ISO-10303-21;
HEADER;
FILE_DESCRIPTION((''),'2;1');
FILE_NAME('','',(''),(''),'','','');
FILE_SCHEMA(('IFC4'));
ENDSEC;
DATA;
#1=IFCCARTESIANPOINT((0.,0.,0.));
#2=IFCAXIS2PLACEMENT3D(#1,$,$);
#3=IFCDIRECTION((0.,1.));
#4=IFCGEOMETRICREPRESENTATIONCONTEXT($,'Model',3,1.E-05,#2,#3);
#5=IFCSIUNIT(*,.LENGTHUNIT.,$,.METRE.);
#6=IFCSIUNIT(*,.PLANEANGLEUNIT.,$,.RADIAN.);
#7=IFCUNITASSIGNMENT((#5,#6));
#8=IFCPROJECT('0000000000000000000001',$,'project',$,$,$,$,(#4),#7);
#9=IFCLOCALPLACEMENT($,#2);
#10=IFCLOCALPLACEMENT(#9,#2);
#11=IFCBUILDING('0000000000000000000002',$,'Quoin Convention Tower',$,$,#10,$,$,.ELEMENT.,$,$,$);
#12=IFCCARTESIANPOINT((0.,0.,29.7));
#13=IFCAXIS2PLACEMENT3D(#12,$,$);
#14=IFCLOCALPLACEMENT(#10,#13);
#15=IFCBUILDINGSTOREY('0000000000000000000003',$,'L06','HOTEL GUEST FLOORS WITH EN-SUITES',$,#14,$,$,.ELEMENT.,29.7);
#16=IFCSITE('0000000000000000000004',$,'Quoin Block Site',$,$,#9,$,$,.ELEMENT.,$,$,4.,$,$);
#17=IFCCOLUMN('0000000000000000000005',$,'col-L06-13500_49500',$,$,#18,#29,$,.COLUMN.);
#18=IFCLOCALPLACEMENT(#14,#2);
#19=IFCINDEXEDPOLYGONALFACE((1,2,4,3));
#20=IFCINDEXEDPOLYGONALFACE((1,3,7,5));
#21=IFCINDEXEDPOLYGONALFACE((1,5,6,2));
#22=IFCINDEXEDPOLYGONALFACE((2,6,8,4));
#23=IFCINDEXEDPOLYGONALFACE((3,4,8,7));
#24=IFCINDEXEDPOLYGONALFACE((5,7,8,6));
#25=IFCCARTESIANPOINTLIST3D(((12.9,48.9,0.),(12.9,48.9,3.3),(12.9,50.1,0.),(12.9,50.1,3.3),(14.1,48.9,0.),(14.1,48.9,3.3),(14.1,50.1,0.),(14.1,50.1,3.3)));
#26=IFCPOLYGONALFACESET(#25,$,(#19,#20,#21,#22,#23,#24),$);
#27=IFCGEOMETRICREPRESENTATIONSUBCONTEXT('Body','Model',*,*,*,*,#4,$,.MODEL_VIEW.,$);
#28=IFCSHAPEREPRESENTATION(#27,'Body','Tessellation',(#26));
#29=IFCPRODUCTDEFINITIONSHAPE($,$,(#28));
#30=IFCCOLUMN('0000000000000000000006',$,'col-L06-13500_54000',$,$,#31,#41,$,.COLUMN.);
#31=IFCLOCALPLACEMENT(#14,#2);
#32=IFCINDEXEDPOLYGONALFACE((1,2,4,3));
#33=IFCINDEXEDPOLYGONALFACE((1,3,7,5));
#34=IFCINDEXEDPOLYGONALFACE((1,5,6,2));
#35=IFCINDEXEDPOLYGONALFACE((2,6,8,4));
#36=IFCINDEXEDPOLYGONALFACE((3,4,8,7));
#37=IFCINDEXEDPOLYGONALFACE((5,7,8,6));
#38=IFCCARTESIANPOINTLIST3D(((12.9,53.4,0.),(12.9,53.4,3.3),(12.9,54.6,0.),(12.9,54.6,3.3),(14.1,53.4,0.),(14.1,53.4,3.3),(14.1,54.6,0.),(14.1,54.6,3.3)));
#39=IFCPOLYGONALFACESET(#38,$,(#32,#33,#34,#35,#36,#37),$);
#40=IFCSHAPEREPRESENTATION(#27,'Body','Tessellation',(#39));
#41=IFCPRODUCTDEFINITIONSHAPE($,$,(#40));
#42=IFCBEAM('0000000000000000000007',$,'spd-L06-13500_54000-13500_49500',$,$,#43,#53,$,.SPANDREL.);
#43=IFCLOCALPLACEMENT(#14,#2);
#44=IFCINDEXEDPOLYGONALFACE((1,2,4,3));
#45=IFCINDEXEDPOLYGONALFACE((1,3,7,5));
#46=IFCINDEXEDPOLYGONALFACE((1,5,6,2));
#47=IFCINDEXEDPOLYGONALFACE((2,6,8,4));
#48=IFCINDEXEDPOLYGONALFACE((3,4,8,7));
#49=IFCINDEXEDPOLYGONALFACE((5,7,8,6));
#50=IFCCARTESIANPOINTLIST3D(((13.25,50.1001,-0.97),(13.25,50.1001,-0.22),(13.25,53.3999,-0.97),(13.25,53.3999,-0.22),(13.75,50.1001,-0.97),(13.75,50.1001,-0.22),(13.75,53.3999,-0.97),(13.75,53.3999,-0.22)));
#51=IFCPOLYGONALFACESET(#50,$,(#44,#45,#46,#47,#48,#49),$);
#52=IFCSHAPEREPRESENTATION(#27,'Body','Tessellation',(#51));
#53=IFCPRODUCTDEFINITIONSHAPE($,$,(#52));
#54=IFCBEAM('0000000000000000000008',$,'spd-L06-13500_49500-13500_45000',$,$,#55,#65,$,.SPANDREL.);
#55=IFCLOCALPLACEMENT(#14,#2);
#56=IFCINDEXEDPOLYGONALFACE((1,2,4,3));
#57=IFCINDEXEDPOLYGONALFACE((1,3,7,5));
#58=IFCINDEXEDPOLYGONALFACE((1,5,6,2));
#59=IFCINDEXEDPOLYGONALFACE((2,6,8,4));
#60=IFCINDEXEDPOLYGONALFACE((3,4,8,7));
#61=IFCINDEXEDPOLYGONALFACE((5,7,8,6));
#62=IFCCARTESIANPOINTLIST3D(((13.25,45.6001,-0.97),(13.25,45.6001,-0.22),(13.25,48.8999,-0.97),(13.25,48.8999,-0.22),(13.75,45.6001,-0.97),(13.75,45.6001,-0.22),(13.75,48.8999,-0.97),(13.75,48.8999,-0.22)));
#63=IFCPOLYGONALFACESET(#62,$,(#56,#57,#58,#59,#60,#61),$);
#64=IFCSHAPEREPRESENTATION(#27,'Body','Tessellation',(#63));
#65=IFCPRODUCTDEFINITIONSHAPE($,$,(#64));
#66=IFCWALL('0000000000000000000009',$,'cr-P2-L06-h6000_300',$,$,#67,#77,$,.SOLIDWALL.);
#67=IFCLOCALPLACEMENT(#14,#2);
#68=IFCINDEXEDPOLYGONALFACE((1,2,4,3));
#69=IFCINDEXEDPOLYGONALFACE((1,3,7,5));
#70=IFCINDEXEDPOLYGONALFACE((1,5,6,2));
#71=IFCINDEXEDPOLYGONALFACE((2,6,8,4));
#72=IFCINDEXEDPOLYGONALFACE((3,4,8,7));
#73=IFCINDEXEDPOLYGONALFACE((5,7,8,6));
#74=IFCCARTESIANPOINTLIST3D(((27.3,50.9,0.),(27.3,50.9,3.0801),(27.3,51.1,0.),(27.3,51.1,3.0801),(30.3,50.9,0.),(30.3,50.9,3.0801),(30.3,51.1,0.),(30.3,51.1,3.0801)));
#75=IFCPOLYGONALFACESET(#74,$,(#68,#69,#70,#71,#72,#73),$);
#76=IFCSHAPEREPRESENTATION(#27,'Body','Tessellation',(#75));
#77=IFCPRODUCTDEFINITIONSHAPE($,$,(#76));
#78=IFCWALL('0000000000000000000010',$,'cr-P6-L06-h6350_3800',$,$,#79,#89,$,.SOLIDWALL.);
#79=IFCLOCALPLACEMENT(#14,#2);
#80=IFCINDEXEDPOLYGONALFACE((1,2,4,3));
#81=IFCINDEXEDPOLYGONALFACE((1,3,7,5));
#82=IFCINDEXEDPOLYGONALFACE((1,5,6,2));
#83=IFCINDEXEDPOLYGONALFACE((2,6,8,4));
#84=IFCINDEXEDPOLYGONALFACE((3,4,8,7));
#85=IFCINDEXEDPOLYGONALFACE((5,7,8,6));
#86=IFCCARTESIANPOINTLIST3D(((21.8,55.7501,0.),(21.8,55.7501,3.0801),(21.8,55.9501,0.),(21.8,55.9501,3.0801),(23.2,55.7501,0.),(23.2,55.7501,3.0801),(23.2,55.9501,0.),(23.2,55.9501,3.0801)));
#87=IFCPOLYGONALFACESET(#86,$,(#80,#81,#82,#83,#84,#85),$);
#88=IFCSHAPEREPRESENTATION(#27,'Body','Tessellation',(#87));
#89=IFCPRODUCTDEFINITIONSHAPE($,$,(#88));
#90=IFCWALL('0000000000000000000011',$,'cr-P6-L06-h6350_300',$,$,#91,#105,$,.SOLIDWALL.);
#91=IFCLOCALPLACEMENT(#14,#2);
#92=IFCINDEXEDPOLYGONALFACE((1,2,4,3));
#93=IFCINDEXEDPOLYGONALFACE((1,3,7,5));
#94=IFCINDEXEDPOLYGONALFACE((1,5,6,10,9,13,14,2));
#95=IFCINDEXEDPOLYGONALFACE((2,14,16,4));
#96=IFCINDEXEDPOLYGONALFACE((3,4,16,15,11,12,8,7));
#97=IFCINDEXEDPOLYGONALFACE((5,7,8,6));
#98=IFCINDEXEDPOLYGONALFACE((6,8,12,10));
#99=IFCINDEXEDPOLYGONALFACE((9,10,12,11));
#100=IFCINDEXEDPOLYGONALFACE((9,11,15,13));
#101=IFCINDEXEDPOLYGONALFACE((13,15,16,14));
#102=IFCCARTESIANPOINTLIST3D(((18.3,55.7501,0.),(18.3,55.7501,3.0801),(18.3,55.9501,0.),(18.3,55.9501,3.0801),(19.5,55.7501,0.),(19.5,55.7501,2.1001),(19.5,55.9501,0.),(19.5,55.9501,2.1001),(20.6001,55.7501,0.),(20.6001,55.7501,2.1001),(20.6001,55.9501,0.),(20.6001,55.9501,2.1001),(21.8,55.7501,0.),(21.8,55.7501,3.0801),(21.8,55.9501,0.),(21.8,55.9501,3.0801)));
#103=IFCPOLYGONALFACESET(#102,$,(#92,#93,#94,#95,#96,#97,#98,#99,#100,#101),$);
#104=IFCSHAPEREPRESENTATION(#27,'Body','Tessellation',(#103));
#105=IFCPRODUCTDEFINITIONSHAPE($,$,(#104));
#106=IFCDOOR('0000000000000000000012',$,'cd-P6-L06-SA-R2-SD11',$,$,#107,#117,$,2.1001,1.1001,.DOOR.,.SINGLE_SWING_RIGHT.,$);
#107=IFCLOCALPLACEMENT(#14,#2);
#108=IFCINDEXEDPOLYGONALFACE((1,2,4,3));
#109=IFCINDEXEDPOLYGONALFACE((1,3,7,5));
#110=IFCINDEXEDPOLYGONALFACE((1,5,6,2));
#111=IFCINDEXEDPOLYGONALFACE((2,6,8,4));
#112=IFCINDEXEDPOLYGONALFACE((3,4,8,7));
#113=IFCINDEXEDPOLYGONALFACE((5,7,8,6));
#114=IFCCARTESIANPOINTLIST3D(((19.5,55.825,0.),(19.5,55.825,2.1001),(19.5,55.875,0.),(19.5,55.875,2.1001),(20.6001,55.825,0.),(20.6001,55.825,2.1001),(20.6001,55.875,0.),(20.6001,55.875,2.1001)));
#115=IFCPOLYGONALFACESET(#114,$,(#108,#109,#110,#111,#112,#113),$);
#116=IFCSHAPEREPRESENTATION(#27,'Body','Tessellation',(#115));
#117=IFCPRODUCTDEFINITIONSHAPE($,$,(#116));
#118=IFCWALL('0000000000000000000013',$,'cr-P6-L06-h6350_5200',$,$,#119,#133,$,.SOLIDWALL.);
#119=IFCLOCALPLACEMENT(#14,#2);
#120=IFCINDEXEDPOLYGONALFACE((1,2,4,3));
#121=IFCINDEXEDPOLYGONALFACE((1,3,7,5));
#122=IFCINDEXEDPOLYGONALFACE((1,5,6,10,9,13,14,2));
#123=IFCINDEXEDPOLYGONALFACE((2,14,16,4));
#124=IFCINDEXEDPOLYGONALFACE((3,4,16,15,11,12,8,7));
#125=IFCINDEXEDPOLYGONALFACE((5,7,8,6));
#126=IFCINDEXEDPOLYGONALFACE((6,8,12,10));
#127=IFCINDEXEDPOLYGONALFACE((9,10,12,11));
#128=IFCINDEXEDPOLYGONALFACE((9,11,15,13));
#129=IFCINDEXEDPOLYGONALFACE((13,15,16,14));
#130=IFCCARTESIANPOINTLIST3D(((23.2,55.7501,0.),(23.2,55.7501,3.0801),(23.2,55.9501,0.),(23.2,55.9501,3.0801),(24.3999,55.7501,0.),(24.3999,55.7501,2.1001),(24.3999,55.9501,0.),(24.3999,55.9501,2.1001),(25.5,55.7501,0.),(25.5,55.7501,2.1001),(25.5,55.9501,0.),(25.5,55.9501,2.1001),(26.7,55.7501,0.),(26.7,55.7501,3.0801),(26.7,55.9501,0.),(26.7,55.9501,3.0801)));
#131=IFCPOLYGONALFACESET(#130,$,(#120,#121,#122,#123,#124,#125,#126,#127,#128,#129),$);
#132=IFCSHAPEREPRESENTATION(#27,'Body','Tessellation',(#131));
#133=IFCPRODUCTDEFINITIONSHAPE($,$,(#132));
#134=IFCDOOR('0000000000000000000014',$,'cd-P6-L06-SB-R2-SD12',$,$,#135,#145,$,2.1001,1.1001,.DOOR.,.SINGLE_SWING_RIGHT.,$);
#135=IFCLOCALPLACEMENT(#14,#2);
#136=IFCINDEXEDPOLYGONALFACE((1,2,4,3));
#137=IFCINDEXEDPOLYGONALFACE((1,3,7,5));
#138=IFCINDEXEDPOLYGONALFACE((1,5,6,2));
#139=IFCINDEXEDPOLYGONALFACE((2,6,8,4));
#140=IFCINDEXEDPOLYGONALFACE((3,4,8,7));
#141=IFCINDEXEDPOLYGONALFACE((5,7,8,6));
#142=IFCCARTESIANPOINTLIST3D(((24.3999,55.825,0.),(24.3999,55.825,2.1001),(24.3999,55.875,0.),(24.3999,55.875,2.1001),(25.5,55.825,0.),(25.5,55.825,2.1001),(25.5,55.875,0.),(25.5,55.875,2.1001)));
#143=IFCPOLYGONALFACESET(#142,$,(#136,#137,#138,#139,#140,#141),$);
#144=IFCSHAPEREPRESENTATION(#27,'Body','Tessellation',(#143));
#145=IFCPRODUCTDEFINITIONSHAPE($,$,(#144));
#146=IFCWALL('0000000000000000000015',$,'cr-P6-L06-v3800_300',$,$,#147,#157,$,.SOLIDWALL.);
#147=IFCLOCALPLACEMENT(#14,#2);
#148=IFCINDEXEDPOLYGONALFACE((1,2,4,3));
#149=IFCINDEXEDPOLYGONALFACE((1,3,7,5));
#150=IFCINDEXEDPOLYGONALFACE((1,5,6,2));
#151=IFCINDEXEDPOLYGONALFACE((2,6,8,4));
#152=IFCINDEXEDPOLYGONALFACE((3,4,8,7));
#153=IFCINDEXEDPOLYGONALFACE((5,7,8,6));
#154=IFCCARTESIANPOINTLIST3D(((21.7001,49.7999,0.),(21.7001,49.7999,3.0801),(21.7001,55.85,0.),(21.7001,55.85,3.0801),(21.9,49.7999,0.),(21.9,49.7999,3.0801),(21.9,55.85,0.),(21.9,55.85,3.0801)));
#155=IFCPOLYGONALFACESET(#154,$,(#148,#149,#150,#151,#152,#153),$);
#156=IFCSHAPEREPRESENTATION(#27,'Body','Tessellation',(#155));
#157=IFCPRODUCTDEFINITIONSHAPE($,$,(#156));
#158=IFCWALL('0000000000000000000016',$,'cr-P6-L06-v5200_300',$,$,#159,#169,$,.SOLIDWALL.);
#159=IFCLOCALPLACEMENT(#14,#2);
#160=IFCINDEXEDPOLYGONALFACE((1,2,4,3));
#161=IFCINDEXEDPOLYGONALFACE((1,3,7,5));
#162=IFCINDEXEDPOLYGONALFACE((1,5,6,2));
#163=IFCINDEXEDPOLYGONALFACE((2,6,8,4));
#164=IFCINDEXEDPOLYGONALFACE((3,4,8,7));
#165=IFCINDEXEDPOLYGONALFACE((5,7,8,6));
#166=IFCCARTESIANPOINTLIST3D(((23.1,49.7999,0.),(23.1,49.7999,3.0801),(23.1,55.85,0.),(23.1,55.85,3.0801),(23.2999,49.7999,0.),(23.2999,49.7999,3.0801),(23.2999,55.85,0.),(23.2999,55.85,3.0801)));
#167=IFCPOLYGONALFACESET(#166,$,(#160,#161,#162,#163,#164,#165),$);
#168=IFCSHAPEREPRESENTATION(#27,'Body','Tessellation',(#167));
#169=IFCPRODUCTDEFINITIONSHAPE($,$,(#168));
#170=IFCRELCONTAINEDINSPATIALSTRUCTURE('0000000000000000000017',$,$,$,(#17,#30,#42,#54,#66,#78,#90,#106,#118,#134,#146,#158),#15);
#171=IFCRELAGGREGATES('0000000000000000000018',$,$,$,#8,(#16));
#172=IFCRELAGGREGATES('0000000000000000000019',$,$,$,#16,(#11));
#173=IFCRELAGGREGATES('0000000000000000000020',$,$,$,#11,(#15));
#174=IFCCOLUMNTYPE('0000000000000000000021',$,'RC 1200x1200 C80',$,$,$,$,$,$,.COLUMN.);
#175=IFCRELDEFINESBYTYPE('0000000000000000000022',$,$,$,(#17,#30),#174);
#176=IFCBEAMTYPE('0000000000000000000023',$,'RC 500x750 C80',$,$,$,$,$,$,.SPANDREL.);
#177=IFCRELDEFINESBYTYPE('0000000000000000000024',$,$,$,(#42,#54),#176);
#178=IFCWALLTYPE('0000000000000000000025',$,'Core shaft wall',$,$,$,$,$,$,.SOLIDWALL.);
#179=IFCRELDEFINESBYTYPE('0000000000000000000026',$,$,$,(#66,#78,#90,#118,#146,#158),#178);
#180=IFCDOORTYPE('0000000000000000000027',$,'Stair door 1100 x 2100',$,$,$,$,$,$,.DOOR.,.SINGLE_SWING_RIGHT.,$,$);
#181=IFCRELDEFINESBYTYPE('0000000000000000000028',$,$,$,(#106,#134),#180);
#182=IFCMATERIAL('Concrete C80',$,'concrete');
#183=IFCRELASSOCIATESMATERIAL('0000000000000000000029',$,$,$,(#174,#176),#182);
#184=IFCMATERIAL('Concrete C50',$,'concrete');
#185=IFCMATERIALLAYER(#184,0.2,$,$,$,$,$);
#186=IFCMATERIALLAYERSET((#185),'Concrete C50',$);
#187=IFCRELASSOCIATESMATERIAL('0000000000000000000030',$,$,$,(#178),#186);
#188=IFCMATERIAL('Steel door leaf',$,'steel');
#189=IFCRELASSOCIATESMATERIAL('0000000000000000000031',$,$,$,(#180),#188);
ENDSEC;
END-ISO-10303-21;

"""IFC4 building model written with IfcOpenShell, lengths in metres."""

from ifc_helpers import new_model, si_unit, direction, frame, frame_2d, origin, origin_2d, place, context, subcontext, project, spatial, rectangle, extrude, material, layer, layer_set, material_profile, profile_set, type_object, element, fill, save


model = new_model("IFC4")

# Units and contexts
model_context = context("Model", 3, precision=1e-05, world=origin(), true_north=direction((0.0, 1.0)))
body_context = subcontext(model_context, "Body", "Model", "MODEL_VIEW")
ifc_project = project(units=[si_unit("LENGTHUNIT", "METRE"), si_unit("PLANEANGLEUNIT", "RADIAN")], contexts=[model_context])

# Site, building, storey
site_placement = place(None, origin())
site = spatial("IfcSite", under=ifc_project, at=site_placement, Name="Quoin Block Site", CompositionType="ELEMENT", RefElevation=4.0)
building_placement = place(site_placement, origin())
building = spatial("IfcBuilding", under=site, at=building_placement, Name="Quoin Convention Tower", CompositionType="ELEMENT")
storey_placement = place(building_placement, frame((0.0, 0.0, 29.7)))
storey = spatial("IfcBuildingStorey", under=building, at=storey_placement, Name="L06", Description="HOTEL GUEST FLOORS WITH EN-SUITES", CompositionType="ELEMENT", Elevation=29.7)

# Columns
ifc_material_1 = material(Name="Concrete C80", Category="concrete")
ifc_material_profile_1 = material_profile(ifc_material_1, rectangle(XDim=1.2, YDim=1.2, at=origin_2d()), Name="RC 1200x1200")
ifc_profile_set_1 = profile_set([ifc_material_profile_1], Name="Concrete C80")
column_type = type_object("IfcColumnType", Name="RC 1200x1200 C80", PredefinedType="COLUMN", material=ifc_profile_set_1)
for number, where, z_axis, x_axis, name in (
    (1, (13.5, 49.5, 0.0), (0.0, 0.0, 1.0), (1.0, 0.0, 0.0), "col-L06-13500_49500"),
    (2, (13.5, 54.0, 0.0), (0.0, 0.0, 1.0), (1.0, 0.0, 0.0), "col-L06-13500_54000"),
):
    element("IfcColumn", number, at=place(storey_placement, frame(where, z_axis=z_axis, x_axis=x_axis)), inside=storey, type_object=column_type, Name=name, PredefinedType="COLUMN", context=body_context, shape_type="SweptSolid", body=[
        extrude(rectangle(XDim=1.2, YDim=1.2, at=origin_2d()), origin(), (0.0, 0.0, 1.0), 3.3),
    ])

# Beams
ifc_material_profile_2 = material_profile(ifc_material_1, rectangle(XDim=0.5, YDim=0.75, at=origin_2d()), Name="RC 500x750")
ifc_profile_set_2 = profile_set([ifc_material_profile_2], Name="Concrete C80")
beam_type = type_object("IfcBeamType", Name="RC 500x750 C80", PredefinedType="SPANDREL", material=ifc_profile_set_2)
for number, where, z_axis, x_axis, name in (
    (3, (13.5, 53.3999, -0.595), (0.0, -1.0, 0.0), (1.0, 0.0, 0.0), "spd-L06-13500_54000-13500_49500"),
    (4, (13.5, 48.8999, -0.595), (0.0, -1.0, 0.0), (1.0, 0.0, 0.0), "spd-L06-13500_49500-13500_45000"),
):
    element("IfcBeam", number, at=place(storey_placement, frame(where, z_axis=z_axis, x_axis=x_axis)), inside=storey, type_object=beam_type, Name=name, PredefinedType="SPANDREL", context=body_context, shape_type="SweptSolid", body=[
        extrude(rectangle(XDim=0.5, YDim=0.75, at=origin_2d()), origin(), (0.0, 0.0, 1.0), 3.2998),
    ])

# Walls
ifc_material_2 = material(Name="Concrete C50", Category="concrete")
ifc_layer_1 = layer(ifc_material_2, 0.2)
ifc_layer_set_1 = layer_set([ifc_layer_1], Name="Concrete C50")
wall_type_1 = type_object("IfcWallType", Name="Core shaft wall", PredefinedType="SOLIDWALL", material=ifc_layer_set_1)
wall_1_placement = place(storey_placement, frame((27.3, 51.0, 0.0), z_axis=(0.0, 0.0, 1.0), x_axis=(1.0, 0.0, 0.0)))
element("IfcWall", 5, at=wall_1_placement, inside=storey, type_object=wall_type_1, Name="cr-P2-L06-h6000_300", PredefinedType="SOLIDWALL", context=body_context, shape_type="SweptSolid", body=[
    extrude(rectangle(XDim=3.0, YDim=0.2, at=frame_2d((1.5, 0.0))), origin(), (0.0, 0.0, 1.0), 3.0801),
])
wall_2_placement = place(storey_placement, frame((21.8, 55.8501, 0.0), z_axis=(0.0, 0.0, 1.0), x_axis=(1.0, 0.0, 0.0)))
element("IfcWall", 6, at=wall_2_placement, inside=storey, type_object=wall_type_1, Name="cr-P6-L06-h6350_3800", PredefinedType="SOLIDWALL", context=body_context, shape_type="SweptSolid", body=[
    extrude(rectangle(XDim=1.3999, YDim=0.2, at=frame_2d((0.7, 0.0))), origin(), (0.0, 0.0, 1.0), 3.0801),
])

# Walls, openings, doors
wall_3_placement = place(storey_placement, frame((18.3, 55.8501, 0.0), z_axis=(0.0, 0.0, 1.0), x_axis=(1.0, 0.0, 0.0)))
wall_3 = element("IfcWall", 7, at=wall_3_placement, inside=storey, type_object=wall_type_1, Name="cr-P6-L06-h6350_300", PredefinedType="SOLIDWALL", context=body_context, shape_type="SweptSolid", body=[
    extrude(rectangle(XDim=3.5, YDim=0.2, at=frame_2d((1.75, 0.0))), origin(), (0.0, 0.0, 1.0), 3.0801),
])
opening_1_placement = place(wall_3_placement, frame((1.2, 0.0, 0.0)))
opening_1 = element("IfcOpeningElement", 8, at=opening_1_placement, cuts=wall_3, PredefinedType="OPENING", context=body_context, shape_type="SweptSolid", body=[
    extrude(rectangle(XDim=1.1001, YDim=2.1001, at=frame_2d((0.55, 1.05))), frame((0.0, 0.1099, 0.0), z_axis=(0.0, -1.0, 0.0), x_axis=(1.0, 0.0, 0.0)), (0.0, 0.0, 1.0), 0.22),
])
ifc_material_3 = material(Name="Steel door leaf", Category="steel")
door_type_1 = type_object("IfcDoorType", Name="Stair door 1100 x 2100", OperationType="SINGLE_SWING_RIGHT", PredefinedType="DOOR", material=ifc_material_3)
door_1_placement = place(opening_1_placement, origin())
door_1 = element("IfcDoor", 9, at=door_1_placement, inside=storey, type_object=door_type_1, Name="cd-P6-L06-SA-R2-SD11", OperationType="SINGLE_SWING_RIGHT", OverallHeight=2.1001, OverallWidth=1.1001, PredefinedType="DOOR", context=body_context, shape_type="SweptSolid", body=[
    extrude(rectangle(XDim=1.1001, YDim=2.1001, at=frame_2d((0.55, 1.05))), frame((0.0, 0.0249, 0.0), z_axis=(0.0, -1.0, 0.0), x_axis=(1.0, 0.0, 0.0)), (0.0, 0.0, 1.0), 0.05),
])
fill(opening_1, door_1)
wall_4_placement = place(storey_placement, frame((23.2, 55.8501, 0.0), z_axis=(0.0, 0.0, 1.0), x_axis=(1.0, 0.0, 0.0)))
wall_4 = element("IfcWall", 10, at=wall_4_placement, inside=storey, type_object=wall_type_1, Name="cr-P6-L06-h6350_5200", PredefinedType="SOLIDWALL", context=body_context, shape_type="SweptSolid", body=[
    extrude(rectangle(XDim=3.5, YDim=0.2, at=frame_2d((1.75, 0.0))), origin(), (0.0, 0.0, 1.0), 3.0801),
])
opening_2_placement = place(wall_4_placement, frame((1.2, 0.0, 0.0)))
opening_2 = element("IfcOpeningElement", 11, at=opening_2_placement, cuts=wall_4, PredefinedType="OPENING", context=body_context, shape_type="SweptSolid", body=[
    extrude(rectangle(XDim=1.1001, YDim=2.1001, at=frame_2d((0.55, 1.05))), frame((0.0, 0.1099, 0.0), z_axis=(0.0, -1.0, 0.0), x_axis=(1.0, 0.0, 0.0)), (0.0, 0.0, 1.0), 0.22),
])
door_2_placement = place(opening_2_placement, origin())
door_2 = element("IfcDoor", 12, at=door_2_placement, inside=storey, type_object=door_type_1, Name="cd-P6-L06-SB-R2-SD12", OperationType="SINGLE_SWING_RIGHT", OverallHeight=2.1001, OverallWidth=1.1001, PredefinedType="DOOR", context=body_context, shape_type="SweptSolid", body=[
    extrude(rectangle(XDim=1.1001, YDim=2.1001, at=frame_2d((0.55, 1.05))), frame((0.0, 0.0249, 0.0), z_axis=(0.0, -1.0, 0.0), x_axis=(1.0, 0.0, 0.0)), (0.0, 0.0, 1.0), 0.05),
])
fill(opening_2, door_2)

# Walls
for number, where, z_axis, x_axis, name in (
    (13, (21.8, 49.8, 0.0), (0.0, 0.0, 1.0), (0.0, 1.0, 0.0), "cr-P6-L06-v3800_300"),
    (14, (23.2, 49.8, 0.0), (0.0, 0.0, 1.0), (0.0, 1.0, 0.0), "cr-P6-L06-v5200_300"),
):
    element("IfcWall", number, at=place(storey_placement, frame(where, z_axis=z_axis, x_axis=x_axis)), inside=storey, type_object=wall_type_1, Name=name, PredefinedType="SOLIDWALL", context=body_context, shape_type="SweptSolid", body=[
        extrude(rectangle(XDim=6.05, YDim=0.2, at=frame_2d((3.0249, 0.0))), origin(), (0.0, 0.0, 1.0), 3.0801),
    ])

save(model, "model.ifc")
